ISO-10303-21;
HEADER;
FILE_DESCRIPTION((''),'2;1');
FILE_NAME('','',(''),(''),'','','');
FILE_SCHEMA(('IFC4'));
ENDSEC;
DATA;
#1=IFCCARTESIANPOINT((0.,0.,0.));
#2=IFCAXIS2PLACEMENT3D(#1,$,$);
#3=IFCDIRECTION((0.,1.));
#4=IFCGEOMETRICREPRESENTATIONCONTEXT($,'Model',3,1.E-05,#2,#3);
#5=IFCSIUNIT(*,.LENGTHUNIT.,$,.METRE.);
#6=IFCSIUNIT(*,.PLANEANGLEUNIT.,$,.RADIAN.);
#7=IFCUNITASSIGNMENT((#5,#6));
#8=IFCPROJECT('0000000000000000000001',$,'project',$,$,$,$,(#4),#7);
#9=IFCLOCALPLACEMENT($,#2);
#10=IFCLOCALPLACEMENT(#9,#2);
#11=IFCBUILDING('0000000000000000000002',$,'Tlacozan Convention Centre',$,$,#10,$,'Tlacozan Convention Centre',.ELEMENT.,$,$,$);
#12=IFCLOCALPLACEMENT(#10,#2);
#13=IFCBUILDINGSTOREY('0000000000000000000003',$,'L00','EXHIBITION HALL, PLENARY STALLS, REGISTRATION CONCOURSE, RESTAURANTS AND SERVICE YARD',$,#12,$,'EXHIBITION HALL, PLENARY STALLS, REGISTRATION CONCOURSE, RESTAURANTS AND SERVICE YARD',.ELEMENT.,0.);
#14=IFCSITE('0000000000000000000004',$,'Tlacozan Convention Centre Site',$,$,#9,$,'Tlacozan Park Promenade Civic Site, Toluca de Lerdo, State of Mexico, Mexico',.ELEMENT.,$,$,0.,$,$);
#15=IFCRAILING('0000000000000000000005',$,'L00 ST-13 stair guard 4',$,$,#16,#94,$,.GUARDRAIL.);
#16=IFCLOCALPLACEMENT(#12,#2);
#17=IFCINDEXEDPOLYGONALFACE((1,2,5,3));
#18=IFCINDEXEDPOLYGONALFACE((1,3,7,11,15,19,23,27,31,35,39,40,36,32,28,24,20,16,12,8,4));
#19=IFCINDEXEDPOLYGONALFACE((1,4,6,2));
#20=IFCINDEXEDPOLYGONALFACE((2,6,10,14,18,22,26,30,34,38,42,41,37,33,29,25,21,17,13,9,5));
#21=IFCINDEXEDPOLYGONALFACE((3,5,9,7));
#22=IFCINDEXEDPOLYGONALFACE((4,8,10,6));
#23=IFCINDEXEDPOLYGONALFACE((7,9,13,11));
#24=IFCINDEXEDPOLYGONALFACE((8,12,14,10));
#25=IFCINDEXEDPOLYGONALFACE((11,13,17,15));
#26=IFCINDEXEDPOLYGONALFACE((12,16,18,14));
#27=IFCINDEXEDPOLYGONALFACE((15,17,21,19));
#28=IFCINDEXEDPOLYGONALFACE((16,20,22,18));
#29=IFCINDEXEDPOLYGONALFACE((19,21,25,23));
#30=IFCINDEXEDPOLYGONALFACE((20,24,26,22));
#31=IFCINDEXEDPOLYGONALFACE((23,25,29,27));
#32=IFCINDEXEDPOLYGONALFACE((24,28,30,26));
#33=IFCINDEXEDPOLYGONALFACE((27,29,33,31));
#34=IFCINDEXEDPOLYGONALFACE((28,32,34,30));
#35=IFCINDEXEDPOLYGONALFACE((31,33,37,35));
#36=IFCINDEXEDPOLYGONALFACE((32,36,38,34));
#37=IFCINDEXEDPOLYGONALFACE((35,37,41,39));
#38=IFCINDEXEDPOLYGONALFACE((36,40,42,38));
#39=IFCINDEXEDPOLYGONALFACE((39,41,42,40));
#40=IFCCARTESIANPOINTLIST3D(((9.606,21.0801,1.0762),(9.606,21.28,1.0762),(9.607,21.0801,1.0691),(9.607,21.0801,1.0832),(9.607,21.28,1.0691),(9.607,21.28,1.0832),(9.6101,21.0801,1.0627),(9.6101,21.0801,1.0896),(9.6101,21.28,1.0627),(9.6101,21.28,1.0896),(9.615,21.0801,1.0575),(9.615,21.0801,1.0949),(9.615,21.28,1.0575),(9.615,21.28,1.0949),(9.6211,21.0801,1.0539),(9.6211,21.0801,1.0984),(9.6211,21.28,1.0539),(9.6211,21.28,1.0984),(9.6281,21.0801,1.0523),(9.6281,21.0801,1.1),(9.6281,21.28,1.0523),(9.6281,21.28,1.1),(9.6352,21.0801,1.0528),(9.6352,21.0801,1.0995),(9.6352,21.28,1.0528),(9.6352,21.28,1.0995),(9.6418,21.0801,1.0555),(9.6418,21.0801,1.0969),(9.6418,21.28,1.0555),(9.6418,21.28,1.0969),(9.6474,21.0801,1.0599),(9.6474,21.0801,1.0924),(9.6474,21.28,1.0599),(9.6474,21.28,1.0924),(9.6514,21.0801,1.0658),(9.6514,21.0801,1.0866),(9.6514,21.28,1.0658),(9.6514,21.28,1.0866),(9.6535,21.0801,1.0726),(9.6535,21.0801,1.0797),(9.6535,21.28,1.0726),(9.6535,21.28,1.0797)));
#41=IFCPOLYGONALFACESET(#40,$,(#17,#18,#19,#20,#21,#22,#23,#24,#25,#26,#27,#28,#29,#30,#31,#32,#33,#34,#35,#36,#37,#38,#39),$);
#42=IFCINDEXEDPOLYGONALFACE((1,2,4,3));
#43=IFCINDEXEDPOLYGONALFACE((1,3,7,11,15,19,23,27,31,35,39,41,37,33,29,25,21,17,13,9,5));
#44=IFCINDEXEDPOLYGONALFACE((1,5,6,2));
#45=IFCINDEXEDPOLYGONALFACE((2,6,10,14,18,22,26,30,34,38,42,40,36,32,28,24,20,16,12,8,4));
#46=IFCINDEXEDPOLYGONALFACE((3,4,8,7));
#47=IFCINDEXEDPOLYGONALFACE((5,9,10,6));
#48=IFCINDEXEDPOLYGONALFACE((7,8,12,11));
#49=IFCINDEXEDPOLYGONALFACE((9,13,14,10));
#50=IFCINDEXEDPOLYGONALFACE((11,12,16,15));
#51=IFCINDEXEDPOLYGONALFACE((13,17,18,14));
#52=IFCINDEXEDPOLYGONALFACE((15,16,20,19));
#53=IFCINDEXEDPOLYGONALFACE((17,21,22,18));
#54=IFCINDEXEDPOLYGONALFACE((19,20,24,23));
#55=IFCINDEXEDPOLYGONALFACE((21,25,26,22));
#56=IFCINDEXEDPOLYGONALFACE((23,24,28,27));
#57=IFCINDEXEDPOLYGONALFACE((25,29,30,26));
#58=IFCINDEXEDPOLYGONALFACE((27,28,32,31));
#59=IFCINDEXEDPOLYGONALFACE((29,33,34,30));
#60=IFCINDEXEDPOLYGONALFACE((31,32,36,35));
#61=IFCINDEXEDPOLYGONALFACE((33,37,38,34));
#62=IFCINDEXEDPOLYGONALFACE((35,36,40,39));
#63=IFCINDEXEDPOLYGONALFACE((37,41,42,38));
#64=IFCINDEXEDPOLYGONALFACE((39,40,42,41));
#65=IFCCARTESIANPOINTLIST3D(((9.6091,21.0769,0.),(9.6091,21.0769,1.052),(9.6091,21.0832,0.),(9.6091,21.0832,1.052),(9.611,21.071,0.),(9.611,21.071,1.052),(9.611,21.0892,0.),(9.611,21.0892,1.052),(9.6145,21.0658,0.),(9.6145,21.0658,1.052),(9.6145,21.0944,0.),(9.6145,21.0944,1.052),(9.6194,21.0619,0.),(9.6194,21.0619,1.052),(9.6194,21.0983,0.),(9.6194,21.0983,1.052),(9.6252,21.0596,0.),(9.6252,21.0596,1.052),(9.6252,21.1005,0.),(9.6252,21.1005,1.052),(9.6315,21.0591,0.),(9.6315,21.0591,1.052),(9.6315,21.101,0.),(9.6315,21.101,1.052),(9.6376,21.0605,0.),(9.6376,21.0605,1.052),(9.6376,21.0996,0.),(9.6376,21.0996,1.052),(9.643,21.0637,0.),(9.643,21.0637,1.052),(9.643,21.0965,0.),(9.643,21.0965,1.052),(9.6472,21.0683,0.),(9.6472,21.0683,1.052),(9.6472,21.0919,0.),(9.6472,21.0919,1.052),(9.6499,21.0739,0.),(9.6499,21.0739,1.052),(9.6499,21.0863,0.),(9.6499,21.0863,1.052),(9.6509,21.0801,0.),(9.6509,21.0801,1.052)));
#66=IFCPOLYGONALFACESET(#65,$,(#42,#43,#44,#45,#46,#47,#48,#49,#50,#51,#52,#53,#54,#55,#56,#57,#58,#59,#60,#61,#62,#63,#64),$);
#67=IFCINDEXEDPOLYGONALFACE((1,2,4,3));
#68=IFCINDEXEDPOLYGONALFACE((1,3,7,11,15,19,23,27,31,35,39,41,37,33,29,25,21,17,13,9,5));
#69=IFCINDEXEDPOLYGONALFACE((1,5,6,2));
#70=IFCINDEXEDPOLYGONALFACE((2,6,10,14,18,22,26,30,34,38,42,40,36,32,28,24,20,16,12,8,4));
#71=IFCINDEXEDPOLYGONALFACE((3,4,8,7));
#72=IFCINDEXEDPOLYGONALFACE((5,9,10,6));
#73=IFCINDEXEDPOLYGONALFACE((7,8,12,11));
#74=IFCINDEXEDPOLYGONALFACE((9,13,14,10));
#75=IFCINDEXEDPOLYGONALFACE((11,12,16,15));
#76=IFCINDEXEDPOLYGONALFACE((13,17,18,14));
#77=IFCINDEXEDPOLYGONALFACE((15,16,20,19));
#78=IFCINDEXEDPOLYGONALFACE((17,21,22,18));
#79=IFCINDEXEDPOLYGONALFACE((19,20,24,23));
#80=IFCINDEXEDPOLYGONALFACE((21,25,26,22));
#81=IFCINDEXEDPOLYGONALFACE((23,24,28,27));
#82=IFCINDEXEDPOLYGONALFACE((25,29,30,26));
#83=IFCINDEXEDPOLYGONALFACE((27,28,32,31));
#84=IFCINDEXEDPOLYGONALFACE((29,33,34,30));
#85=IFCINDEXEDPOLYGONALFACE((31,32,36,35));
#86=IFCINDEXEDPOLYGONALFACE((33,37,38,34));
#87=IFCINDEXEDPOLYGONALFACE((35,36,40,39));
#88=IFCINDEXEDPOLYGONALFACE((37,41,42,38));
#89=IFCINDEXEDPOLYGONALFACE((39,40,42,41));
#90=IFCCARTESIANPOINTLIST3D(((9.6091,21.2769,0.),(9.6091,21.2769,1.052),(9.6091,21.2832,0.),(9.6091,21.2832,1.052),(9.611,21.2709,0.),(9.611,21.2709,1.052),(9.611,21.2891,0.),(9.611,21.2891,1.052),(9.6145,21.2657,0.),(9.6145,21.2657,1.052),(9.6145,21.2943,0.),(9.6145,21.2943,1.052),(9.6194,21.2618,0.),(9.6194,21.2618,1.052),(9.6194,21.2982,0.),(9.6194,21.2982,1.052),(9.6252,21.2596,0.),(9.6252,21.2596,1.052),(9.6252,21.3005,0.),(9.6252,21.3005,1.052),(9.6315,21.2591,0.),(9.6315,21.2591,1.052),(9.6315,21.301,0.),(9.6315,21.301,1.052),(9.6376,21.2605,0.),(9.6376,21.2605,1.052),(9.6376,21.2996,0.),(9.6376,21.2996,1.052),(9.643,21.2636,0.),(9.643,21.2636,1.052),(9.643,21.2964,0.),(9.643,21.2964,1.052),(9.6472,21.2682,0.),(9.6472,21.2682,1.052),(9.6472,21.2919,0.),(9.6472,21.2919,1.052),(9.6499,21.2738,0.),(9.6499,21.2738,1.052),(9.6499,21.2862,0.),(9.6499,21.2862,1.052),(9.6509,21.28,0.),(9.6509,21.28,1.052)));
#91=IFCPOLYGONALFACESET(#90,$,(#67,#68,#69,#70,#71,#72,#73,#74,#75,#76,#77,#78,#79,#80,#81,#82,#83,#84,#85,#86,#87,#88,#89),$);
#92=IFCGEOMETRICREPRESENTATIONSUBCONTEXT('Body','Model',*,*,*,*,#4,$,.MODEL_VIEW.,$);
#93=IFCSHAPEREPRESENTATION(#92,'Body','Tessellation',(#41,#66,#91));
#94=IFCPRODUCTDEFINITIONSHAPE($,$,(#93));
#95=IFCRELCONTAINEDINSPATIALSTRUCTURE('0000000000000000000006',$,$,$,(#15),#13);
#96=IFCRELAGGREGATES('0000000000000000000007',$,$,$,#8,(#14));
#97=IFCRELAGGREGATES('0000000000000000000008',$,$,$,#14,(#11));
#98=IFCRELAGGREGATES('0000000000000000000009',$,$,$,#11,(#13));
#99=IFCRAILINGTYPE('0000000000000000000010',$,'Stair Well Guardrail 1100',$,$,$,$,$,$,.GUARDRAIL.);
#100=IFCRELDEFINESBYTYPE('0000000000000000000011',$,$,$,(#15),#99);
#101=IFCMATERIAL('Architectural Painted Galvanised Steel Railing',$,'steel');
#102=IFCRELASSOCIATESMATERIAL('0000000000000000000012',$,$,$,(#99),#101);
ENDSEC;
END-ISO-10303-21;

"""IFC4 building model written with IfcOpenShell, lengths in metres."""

from ifc_helpers import new_model, si_unit, direction, frame, origin, origin_2d, place, context, subcontext, project, spatial, circle, extrude, material, type_object, element, save


model = new_model("IFC4")

# Units and contexts
model_context = context("Model", 3, precision=1e-05, world=origin(), true_north=direction((0.0, 1.0)))
body_context = subcontext(model_context, "Body", "Model", "MODEL_VIEW")
ifc_project = project(units=[si_unit("LENGTHUNIT", "METRE"), si_unit("PLANEANGLEUNIT", "RADIAN")], contexts=[model_context])

# Site, building, storey
site_placement = place(None, origin())
site = spatial("IfcSite", under=ifc_project, at=site_placement, Name="Tlacozan Convention Centre Site", LongName="Tlacozan Park Promenade Civic Site, Toluca de Lerdo, State of Mexico, Mexico", CompositionType="ELEMENT", RefElevation=0.0)
building_placement = place(site_placement, origin())
building = spatial("IfcBuilding", under=site, at=building_placement, Name="Tlacozan Convention Centre", LongName="Tlacozan Convention Centre", CompositionType="ELEMENT")
storey_placement = place(building_placement, origin())
storey = spatial("IfcBuildingStorey", under=building, at=storey_placement, Name="L00", Description="EXHIBITION HALL, PLENARY STALLS, REGISTRATION CONCOURSE, RESTAURANTS AND SERVICE YARD", LongName="EXHIBITION HALL, PLENARY STALLS, REGISTRATION CONCOURSE, RESTAURANTS AND SERVICE YARD", CompositionType="ELEMENT", Elevation=0.0)

# Railing
ifc_material_1 = material(Name="Architectural Painted Galvanised Steel Railing", Category="steel")
railing_type_1 = type_object("IfcRailingType", Name="Stair Well Guardrail 1100", PredefinedType="GUARDRAIL", material=ifc_material_1)
railing_1_placement = place(storey_placement, frame((9.6299, 21.0801, 0.0)))
element("IfcRailing", 1, at=railing_1_placement, inside=storey, type_object=railing_type_1, Name="L00 ST-13 stair guard 4", PredefinedType="GUARDRAIL", context=body_context, shape_type="SweptSolid", body=[
    extrude(circle(Radius=0.0239, at=origin_2d()), frame((0.0, 0.0, 1.0762), z_axis=(0.0, 1.0, 0.0), x_axis=(-1.0, 0.0, 0.0)), (0.0, 0.0, 1.0), 0.2),
    extrude(circle(Radius=0.021, at=origin_2d()), origin(), (0.0, 0.0, 1.0), 1.052),
    extrude(circle(Radius=0.021, at=origin_2d()), frame((0.0, 0.2, 0.0)), (0.0, 0.0, 1.0), 1.052),
])

save(model, "model.ifc")
